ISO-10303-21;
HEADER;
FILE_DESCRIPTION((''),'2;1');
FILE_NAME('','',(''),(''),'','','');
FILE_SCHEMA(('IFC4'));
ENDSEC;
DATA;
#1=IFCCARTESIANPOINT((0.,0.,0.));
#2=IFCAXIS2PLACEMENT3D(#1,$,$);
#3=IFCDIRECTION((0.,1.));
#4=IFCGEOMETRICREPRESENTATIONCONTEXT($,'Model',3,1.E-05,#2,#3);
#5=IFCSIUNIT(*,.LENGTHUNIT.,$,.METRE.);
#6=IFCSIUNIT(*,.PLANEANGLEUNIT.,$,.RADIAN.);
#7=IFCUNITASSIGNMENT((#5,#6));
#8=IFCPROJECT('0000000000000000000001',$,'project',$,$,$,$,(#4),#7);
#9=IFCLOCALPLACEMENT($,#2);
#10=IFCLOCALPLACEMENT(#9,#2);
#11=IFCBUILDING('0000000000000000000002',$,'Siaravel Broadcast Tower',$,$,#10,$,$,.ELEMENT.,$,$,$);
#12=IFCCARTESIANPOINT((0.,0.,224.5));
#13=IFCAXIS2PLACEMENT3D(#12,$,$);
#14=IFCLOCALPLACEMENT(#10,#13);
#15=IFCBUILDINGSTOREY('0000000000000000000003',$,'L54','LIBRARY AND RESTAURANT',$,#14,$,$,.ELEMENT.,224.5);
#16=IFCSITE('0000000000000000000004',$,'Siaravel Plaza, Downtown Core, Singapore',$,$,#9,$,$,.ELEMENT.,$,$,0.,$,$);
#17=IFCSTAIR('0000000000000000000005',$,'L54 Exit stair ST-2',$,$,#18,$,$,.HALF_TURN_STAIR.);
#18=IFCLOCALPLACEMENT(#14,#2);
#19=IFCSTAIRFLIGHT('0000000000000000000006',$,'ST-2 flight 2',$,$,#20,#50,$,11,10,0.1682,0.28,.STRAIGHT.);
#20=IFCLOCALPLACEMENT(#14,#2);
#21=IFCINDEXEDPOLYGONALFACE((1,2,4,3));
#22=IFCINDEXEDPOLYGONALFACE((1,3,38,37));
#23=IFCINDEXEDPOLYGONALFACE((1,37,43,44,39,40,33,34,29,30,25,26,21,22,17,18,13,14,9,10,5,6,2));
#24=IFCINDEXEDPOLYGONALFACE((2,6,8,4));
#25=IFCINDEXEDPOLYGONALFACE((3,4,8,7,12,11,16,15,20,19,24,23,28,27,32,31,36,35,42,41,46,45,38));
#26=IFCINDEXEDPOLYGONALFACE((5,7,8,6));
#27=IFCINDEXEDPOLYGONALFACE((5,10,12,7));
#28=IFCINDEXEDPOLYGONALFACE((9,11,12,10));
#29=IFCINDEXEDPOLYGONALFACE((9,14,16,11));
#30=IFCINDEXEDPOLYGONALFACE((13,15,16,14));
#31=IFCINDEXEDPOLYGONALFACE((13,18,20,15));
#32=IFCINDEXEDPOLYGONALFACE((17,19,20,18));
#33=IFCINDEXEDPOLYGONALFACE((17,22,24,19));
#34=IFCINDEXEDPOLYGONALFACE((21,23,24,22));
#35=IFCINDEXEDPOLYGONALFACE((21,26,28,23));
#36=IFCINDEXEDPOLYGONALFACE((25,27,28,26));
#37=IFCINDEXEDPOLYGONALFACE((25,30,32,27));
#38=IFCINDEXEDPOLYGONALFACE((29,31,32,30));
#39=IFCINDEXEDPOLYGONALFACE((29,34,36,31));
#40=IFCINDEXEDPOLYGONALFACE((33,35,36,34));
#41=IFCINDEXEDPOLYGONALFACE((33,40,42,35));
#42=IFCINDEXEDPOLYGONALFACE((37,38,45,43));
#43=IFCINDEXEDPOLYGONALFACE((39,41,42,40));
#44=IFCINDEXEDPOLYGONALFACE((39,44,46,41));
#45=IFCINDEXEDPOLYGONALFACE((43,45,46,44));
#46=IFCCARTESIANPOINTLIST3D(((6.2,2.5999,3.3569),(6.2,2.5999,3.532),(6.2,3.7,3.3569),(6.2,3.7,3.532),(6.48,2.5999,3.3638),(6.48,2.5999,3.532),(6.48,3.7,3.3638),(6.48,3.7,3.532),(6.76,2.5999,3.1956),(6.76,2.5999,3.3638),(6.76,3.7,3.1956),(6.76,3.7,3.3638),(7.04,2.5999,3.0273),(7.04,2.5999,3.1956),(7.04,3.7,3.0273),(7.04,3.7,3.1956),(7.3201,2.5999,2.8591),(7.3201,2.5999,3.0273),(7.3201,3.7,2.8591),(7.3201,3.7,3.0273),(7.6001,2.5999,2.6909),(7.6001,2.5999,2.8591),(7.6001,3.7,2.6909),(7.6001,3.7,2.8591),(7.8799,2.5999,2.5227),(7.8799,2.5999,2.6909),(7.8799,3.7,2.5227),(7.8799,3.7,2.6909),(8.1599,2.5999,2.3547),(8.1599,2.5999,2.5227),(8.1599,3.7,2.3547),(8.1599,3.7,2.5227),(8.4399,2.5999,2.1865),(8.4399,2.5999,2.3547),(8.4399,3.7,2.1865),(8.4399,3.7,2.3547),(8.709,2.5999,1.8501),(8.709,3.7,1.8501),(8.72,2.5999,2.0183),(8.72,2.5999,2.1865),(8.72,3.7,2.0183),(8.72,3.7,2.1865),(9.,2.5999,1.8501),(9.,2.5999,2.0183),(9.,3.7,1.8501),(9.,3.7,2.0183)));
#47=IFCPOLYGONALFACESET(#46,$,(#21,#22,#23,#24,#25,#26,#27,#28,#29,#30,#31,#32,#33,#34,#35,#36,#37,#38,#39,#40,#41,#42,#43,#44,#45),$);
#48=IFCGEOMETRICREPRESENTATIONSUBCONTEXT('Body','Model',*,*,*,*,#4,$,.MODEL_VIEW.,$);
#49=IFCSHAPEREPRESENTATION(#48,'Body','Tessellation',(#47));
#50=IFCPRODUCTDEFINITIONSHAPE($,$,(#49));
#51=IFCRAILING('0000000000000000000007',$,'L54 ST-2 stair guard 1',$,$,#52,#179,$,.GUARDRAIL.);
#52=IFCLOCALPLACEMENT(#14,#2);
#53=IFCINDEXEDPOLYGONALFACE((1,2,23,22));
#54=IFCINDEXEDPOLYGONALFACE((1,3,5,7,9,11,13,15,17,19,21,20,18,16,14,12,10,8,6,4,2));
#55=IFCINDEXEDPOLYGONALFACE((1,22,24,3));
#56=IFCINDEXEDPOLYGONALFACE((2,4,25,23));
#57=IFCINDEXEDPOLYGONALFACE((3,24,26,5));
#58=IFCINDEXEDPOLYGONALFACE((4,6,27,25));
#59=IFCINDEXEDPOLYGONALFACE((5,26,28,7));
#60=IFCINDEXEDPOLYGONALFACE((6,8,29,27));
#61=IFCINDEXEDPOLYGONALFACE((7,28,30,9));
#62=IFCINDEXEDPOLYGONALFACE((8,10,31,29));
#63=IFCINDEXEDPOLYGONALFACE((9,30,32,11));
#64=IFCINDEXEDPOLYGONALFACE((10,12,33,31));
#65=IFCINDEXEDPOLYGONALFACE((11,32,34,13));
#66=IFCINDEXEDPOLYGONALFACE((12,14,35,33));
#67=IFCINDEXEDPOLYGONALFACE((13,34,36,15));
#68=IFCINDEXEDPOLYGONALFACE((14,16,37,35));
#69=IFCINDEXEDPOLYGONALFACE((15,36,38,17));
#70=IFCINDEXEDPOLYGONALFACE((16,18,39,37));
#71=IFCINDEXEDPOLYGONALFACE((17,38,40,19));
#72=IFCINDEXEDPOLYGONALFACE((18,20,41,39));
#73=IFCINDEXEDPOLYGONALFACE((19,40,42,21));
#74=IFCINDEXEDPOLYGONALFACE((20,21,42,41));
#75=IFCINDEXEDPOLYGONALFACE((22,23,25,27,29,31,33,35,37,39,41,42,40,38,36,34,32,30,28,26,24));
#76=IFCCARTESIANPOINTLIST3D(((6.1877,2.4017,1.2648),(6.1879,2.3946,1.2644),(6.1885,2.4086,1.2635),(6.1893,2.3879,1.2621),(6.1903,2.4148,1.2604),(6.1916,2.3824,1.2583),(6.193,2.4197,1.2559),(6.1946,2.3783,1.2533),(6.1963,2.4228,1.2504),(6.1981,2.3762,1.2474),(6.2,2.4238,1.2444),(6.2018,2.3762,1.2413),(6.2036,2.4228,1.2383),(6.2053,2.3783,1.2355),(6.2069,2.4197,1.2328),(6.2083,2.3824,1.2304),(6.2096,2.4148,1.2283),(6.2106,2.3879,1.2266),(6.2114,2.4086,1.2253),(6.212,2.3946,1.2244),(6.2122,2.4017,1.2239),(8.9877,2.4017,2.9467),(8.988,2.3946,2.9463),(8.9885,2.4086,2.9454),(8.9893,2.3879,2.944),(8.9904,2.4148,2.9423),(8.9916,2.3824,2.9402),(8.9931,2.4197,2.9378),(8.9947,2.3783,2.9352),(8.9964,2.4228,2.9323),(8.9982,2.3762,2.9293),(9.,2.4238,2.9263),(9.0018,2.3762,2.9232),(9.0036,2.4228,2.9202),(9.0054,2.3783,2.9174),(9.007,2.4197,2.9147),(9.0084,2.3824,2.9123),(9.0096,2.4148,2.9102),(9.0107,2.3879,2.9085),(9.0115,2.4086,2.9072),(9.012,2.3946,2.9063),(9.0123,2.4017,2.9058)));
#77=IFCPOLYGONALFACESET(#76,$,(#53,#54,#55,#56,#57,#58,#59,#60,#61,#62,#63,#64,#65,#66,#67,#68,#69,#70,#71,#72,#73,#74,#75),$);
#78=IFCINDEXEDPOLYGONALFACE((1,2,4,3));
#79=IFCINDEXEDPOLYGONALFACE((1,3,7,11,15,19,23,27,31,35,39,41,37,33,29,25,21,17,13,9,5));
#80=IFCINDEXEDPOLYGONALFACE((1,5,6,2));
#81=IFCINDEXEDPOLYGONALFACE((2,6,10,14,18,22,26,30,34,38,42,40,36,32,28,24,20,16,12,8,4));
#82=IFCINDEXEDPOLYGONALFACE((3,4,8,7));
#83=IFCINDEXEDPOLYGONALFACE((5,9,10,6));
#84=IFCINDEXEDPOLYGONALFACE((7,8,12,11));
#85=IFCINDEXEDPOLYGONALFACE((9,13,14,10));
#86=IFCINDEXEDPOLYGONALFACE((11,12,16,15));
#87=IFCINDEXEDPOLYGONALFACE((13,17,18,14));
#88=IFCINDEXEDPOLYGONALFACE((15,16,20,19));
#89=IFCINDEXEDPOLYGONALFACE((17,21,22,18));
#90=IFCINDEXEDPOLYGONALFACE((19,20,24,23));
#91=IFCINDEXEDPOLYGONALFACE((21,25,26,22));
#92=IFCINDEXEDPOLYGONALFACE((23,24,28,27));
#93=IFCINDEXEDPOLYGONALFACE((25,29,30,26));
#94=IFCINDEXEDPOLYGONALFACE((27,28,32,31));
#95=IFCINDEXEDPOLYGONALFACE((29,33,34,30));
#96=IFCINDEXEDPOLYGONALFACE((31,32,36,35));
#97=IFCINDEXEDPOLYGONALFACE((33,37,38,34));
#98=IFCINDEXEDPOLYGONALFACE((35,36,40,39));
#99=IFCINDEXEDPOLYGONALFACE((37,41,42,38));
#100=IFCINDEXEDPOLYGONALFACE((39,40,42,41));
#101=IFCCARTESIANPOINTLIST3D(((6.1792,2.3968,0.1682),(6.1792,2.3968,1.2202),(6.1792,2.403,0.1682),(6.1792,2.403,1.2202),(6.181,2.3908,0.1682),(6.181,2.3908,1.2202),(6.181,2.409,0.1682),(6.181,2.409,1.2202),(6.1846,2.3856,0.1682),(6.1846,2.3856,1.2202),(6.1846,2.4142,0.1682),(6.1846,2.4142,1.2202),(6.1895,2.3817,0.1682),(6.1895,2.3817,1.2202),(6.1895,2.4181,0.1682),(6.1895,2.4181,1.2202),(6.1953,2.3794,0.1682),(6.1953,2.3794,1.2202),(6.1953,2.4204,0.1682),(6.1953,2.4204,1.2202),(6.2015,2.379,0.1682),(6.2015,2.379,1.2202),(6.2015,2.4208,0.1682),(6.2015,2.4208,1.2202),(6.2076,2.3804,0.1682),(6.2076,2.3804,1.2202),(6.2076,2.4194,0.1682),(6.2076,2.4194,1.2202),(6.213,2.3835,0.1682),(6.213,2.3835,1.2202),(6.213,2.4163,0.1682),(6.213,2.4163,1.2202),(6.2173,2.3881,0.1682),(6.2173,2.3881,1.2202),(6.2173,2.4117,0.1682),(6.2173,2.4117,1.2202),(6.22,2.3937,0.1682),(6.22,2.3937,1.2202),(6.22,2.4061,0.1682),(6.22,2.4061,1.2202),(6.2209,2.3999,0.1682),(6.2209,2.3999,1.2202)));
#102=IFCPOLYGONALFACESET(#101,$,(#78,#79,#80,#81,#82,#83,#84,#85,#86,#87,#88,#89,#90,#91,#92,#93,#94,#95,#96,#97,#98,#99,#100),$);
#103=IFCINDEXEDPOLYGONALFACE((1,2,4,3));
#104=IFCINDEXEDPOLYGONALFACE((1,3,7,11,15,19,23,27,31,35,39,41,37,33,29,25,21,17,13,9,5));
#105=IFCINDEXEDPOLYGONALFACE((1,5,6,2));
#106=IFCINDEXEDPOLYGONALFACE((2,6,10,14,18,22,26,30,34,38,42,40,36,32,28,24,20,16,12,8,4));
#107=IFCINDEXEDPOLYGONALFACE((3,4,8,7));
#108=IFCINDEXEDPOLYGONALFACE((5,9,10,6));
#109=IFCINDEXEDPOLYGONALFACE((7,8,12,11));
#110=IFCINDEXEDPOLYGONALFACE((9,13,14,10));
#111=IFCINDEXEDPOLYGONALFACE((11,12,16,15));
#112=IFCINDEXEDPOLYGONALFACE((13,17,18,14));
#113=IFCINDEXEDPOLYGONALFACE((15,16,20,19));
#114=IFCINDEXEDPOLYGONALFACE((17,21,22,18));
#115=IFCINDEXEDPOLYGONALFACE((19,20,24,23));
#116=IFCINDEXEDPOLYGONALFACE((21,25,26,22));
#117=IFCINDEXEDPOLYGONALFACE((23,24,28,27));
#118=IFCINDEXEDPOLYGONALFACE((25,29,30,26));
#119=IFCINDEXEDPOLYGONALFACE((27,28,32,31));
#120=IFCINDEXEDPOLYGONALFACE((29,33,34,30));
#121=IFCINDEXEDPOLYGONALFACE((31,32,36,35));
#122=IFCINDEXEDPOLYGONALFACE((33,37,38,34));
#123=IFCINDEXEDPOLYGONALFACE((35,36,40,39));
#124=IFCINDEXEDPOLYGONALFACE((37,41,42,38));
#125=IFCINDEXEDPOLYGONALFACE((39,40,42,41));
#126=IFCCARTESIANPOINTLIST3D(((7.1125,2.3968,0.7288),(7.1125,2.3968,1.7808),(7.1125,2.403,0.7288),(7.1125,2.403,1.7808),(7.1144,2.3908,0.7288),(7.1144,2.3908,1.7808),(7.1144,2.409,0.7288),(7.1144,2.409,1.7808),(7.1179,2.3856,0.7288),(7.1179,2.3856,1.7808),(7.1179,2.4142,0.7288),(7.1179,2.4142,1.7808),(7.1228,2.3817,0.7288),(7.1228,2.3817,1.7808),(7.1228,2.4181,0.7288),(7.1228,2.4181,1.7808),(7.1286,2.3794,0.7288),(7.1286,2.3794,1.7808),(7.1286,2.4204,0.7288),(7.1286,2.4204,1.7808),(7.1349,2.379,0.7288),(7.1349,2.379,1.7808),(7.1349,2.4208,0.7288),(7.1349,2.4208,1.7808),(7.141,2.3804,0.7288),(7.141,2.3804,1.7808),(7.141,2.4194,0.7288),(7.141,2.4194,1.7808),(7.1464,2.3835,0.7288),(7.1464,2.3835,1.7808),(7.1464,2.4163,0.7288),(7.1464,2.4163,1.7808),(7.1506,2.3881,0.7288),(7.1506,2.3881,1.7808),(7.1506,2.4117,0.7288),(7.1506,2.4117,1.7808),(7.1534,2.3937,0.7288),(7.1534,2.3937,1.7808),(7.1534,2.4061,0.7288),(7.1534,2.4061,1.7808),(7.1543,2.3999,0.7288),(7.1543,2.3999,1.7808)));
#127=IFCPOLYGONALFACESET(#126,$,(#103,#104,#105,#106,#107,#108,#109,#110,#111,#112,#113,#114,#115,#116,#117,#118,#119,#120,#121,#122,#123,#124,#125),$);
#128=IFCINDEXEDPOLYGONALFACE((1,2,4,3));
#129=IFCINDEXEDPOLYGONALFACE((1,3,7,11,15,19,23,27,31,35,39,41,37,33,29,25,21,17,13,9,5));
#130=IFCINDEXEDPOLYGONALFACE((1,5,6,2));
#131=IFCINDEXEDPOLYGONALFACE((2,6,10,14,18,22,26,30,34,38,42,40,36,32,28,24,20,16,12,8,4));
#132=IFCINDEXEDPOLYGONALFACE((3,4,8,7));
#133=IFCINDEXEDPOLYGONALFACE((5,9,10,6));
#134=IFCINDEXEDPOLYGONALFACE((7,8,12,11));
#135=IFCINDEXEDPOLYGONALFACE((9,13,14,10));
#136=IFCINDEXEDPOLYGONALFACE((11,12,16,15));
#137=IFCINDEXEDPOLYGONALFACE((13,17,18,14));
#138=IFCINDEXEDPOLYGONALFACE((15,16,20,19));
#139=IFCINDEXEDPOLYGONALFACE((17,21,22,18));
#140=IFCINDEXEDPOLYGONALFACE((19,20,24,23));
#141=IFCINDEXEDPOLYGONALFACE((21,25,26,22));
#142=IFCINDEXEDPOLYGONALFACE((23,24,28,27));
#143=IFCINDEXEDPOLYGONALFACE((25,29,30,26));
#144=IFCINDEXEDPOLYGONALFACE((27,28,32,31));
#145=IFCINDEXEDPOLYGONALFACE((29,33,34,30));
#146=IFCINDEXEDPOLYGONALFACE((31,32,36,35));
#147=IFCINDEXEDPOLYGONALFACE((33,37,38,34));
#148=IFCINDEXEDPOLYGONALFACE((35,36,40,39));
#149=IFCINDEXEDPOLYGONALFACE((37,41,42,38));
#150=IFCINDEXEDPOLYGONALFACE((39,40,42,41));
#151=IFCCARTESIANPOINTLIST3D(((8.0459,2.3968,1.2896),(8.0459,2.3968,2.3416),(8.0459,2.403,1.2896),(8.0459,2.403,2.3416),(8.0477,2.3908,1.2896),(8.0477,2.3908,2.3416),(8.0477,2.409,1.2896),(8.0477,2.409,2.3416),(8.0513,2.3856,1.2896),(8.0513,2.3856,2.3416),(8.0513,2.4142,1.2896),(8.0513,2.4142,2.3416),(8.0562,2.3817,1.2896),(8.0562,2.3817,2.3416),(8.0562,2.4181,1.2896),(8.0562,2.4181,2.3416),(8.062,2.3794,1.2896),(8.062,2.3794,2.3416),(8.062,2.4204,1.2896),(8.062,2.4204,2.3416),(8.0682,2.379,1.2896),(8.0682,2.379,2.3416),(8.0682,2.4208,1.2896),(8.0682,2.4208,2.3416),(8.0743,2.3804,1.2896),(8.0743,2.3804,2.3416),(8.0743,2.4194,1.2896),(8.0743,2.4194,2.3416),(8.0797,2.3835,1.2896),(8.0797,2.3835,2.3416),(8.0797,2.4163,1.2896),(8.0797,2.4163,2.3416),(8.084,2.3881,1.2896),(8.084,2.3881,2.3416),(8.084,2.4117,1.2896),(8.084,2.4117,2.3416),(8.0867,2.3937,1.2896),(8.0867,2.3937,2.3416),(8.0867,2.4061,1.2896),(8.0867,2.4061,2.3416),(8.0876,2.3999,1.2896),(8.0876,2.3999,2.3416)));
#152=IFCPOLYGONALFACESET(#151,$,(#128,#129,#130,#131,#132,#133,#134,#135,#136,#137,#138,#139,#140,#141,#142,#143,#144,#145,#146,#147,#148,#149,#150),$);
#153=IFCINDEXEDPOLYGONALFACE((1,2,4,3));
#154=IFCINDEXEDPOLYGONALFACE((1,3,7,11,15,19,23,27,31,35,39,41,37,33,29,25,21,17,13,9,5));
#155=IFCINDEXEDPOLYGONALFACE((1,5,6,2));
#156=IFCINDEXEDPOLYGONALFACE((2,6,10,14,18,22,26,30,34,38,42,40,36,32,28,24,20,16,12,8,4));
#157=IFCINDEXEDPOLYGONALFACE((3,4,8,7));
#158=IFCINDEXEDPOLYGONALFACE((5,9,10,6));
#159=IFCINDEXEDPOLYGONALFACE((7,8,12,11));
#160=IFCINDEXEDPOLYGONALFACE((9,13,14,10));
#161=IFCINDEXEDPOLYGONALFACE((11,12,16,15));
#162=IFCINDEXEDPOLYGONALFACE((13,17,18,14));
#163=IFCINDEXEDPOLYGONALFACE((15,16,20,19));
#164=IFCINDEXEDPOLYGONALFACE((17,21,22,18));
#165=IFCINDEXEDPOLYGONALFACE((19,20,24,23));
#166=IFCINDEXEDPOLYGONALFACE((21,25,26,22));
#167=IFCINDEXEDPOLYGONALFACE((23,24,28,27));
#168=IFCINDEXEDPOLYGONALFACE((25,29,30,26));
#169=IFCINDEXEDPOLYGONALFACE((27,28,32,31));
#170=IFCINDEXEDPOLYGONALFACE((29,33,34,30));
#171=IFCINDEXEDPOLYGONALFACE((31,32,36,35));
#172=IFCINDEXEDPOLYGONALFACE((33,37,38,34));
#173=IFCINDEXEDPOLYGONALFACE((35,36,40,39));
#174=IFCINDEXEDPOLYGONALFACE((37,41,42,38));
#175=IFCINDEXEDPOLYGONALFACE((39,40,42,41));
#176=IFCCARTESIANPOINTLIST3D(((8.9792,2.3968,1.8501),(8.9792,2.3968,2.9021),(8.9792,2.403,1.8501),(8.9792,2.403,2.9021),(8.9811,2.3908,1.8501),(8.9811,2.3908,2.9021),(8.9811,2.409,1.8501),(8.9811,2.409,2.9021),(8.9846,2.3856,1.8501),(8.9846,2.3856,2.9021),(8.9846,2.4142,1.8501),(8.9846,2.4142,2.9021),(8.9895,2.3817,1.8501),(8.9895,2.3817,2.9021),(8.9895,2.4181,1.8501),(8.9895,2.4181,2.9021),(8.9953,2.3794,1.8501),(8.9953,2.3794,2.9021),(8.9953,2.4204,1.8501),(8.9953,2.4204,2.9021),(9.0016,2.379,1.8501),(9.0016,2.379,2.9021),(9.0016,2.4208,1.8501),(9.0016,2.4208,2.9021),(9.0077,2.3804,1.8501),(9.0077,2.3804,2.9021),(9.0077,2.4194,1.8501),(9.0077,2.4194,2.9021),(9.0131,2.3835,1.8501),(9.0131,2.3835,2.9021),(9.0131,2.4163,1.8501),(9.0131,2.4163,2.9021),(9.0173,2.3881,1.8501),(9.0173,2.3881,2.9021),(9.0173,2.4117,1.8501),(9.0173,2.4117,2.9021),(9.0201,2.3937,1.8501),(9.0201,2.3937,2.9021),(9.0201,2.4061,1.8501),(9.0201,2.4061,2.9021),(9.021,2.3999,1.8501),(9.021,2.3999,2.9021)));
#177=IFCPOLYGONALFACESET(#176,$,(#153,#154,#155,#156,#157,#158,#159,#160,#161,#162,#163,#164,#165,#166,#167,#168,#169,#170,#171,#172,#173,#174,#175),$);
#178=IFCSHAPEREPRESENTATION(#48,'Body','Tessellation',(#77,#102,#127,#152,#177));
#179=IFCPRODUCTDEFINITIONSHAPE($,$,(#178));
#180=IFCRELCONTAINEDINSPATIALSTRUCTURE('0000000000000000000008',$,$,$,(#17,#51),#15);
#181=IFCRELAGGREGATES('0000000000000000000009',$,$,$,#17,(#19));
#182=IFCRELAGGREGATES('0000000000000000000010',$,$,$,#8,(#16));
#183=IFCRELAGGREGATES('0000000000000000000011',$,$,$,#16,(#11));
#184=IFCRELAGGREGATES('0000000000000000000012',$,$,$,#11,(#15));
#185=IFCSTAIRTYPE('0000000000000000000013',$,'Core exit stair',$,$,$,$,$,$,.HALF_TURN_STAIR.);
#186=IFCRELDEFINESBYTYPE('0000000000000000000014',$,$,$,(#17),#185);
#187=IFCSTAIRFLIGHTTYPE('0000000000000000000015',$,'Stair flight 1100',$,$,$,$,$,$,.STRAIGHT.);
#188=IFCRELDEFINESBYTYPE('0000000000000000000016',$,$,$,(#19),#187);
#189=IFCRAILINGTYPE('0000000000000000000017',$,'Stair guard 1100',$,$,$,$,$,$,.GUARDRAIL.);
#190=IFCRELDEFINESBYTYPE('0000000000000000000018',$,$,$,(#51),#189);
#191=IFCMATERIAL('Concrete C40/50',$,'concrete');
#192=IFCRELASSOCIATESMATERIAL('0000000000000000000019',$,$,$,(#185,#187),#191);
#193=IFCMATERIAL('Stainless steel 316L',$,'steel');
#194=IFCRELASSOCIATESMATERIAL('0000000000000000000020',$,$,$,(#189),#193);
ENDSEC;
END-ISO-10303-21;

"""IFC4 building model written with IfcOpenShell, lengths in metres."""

from ifc_helpers import new_model, si_unit, direction, frame, origin, origin_2d, place, context, subcontext, project, spatial, polyline, circle, outline, extrude, material, type_object, element, aggregate, save


model = new_model("IFC4")

# Units and contexts
model_context = context("Model", 3, precision=1e-05, world=origin(), true_north=direction((0.0, 1.0)))
body_context = subcontext(model_context, "Body", "Model", "MODEL_VIEW")
ifc_project = project(units=[si_unit("LENGTHUNIT", "METRE"), si_unit("PLANEANGLEUNIT", "RADIAN")], contexts=[model_context])

# Site, building, storey
site_placement = place(None, origin())
site = spatial("IfcSite", under=ifc_project, at=site_placement, Name="Siaravel Plaza, Downtown Core, Singapore", CompositionType="ELEMENT", RefElevation=0.0)
building_placement = place(site_placement, origin())
building = spatial("IfcBuilding", under=site, at=building_placement, Name="Siaravel Broadcast Tower", CompositionType="ELEMENT")
storey_placement = place(building_placement, frame((0.0, 0.0, 224.5)))
storey = spatial("IfcBuildingStorey", under=building, at=storey_placement, Name="L54", Description="LIBRARY AND RESTAURANT", CompositionType="ELEMENT", Elevation=224.5)

# Stair, stair flight
ifc_material_1 = material(Name="Concrete C40/50", Category="concrete")
stair_type = type_object("IfcStairType", Name="Core exit stair", PredefinedType="HALF_TURN_STAIR", material=ifc_material_1)
stair_placement = place(storey_placement, origin())
stair = element("IfcStair", 1, at=stair_placement, inside=storey, type_object=stair_type, Name="L54 Exit stair ST-2", PredefinedType="HALF_TURN_STAIR")
stair_flight_type = type_object("IfcStairFlightType", Name="Stair flight 1100", PredefinedType="STRAIGHT", material=ifc_material_1)
stair_flight_1_placement = place(storey_placement, frame((9.0, 3.1499, 1.8501), z_axis=(0.0, 0.0, 1.0), x_axis=(-1.0, 0.0, 0.0)))
stair_flight_1 = element("IfcStairFlight", 2, at=stair_flight_1_placement, type_object=stair_flight_type, Name="ST-2 flight 2", NumberOfRisers=11, NumberOfTreads=10, PredefinedType="STRAIGHT", RiserHeight=0.1682, TreadLength=0.28, context=body_context, shape_type="SweptSolid", body=[
    extrude(outline(polyline([(0.0, 0.0), (0.0, 0.1682), (0.28, 0.1682), (0.28, 0.3364), (0.5601, 0.3364), (0.5601, 0.5046), (0.8401, 0.5046), (0.8401, 0.6726), (1.1201, 0.6726), (1.1201, 0.8408), (1.3999, 0.8408), (1.3999, 1.009), (1.6799, 1.009), (1.6799, 1.1772), (1.96, 1.1772), (1.96, 1.3455), (2.24, 1.3455), (2.24, 1.5137), (2.52, 1.5137), (2.52, 1.6819), (2.8, 1.6819), (2.8, 1.8501), (2.8, 1.5068), (0.291, 0.0), (0.0, 0.0)])), frame((0.0, 0.55, 0.0), z_axis=(0.0, -1.0, 0.0), x_axis=(1.0, 0.0, 0.0)), (0.0, 0.0, 1.0), 1.1001),
])
aggregate(stair, [stair_flight_1])

# Railing
ifc_material_2 = material(Name="Stainless steel 316L", Category="steel")
railing_type_1 = type_object("IfcRailingType", Name="Stair guard 1100", PredefinedType="GUARDRAIL", material=ifc_material_2)
railing_1_placement = place(storey_placement, frame((6.2, 2.3999, 0.1682)))
element("IfcRailing", 3, at=railing_1_placement, inside=storey, type_object=railing_type_1, Name="L54 ST-2 stair guard 1", PredefinedType="GUARDRAIL", context=body_context, shape_type="SweptSolid", body=[
    extrude(circle(Radius=0.0239, at=origin_2d()), frame((0.0, 0.0, 1.0762), z_axis=(0.857242, 0.0, 0.514913), x_axis=(0.0, 1.0, 0.0)), (0.0, 0.0, 1.0), 3.2664),
    extrude(circle(Radius=0.021, at=origin_2d()), origin(), (0.0, 0.0, 1.0), 1.052),
    extrude(circle(Radius=0.021, at=origin_2d()), frame((0.9333, 0.0, 0.5605)), (0.0, 0.0, 1.0), 1.052),
    extrude(circle(Radius=0.021, at=origin_2d()), frame((1.8667, 0.0, 1.1213)), (0.0, 0.0, 1.0), 1.052),
    extrude(circle(Radius=0.021, at=origin_2d()), frame((2.8, 0.0, 1.6819)), (0.0, 0.0, 1.0), 1.052),
])

save(model, "model.ifc")
